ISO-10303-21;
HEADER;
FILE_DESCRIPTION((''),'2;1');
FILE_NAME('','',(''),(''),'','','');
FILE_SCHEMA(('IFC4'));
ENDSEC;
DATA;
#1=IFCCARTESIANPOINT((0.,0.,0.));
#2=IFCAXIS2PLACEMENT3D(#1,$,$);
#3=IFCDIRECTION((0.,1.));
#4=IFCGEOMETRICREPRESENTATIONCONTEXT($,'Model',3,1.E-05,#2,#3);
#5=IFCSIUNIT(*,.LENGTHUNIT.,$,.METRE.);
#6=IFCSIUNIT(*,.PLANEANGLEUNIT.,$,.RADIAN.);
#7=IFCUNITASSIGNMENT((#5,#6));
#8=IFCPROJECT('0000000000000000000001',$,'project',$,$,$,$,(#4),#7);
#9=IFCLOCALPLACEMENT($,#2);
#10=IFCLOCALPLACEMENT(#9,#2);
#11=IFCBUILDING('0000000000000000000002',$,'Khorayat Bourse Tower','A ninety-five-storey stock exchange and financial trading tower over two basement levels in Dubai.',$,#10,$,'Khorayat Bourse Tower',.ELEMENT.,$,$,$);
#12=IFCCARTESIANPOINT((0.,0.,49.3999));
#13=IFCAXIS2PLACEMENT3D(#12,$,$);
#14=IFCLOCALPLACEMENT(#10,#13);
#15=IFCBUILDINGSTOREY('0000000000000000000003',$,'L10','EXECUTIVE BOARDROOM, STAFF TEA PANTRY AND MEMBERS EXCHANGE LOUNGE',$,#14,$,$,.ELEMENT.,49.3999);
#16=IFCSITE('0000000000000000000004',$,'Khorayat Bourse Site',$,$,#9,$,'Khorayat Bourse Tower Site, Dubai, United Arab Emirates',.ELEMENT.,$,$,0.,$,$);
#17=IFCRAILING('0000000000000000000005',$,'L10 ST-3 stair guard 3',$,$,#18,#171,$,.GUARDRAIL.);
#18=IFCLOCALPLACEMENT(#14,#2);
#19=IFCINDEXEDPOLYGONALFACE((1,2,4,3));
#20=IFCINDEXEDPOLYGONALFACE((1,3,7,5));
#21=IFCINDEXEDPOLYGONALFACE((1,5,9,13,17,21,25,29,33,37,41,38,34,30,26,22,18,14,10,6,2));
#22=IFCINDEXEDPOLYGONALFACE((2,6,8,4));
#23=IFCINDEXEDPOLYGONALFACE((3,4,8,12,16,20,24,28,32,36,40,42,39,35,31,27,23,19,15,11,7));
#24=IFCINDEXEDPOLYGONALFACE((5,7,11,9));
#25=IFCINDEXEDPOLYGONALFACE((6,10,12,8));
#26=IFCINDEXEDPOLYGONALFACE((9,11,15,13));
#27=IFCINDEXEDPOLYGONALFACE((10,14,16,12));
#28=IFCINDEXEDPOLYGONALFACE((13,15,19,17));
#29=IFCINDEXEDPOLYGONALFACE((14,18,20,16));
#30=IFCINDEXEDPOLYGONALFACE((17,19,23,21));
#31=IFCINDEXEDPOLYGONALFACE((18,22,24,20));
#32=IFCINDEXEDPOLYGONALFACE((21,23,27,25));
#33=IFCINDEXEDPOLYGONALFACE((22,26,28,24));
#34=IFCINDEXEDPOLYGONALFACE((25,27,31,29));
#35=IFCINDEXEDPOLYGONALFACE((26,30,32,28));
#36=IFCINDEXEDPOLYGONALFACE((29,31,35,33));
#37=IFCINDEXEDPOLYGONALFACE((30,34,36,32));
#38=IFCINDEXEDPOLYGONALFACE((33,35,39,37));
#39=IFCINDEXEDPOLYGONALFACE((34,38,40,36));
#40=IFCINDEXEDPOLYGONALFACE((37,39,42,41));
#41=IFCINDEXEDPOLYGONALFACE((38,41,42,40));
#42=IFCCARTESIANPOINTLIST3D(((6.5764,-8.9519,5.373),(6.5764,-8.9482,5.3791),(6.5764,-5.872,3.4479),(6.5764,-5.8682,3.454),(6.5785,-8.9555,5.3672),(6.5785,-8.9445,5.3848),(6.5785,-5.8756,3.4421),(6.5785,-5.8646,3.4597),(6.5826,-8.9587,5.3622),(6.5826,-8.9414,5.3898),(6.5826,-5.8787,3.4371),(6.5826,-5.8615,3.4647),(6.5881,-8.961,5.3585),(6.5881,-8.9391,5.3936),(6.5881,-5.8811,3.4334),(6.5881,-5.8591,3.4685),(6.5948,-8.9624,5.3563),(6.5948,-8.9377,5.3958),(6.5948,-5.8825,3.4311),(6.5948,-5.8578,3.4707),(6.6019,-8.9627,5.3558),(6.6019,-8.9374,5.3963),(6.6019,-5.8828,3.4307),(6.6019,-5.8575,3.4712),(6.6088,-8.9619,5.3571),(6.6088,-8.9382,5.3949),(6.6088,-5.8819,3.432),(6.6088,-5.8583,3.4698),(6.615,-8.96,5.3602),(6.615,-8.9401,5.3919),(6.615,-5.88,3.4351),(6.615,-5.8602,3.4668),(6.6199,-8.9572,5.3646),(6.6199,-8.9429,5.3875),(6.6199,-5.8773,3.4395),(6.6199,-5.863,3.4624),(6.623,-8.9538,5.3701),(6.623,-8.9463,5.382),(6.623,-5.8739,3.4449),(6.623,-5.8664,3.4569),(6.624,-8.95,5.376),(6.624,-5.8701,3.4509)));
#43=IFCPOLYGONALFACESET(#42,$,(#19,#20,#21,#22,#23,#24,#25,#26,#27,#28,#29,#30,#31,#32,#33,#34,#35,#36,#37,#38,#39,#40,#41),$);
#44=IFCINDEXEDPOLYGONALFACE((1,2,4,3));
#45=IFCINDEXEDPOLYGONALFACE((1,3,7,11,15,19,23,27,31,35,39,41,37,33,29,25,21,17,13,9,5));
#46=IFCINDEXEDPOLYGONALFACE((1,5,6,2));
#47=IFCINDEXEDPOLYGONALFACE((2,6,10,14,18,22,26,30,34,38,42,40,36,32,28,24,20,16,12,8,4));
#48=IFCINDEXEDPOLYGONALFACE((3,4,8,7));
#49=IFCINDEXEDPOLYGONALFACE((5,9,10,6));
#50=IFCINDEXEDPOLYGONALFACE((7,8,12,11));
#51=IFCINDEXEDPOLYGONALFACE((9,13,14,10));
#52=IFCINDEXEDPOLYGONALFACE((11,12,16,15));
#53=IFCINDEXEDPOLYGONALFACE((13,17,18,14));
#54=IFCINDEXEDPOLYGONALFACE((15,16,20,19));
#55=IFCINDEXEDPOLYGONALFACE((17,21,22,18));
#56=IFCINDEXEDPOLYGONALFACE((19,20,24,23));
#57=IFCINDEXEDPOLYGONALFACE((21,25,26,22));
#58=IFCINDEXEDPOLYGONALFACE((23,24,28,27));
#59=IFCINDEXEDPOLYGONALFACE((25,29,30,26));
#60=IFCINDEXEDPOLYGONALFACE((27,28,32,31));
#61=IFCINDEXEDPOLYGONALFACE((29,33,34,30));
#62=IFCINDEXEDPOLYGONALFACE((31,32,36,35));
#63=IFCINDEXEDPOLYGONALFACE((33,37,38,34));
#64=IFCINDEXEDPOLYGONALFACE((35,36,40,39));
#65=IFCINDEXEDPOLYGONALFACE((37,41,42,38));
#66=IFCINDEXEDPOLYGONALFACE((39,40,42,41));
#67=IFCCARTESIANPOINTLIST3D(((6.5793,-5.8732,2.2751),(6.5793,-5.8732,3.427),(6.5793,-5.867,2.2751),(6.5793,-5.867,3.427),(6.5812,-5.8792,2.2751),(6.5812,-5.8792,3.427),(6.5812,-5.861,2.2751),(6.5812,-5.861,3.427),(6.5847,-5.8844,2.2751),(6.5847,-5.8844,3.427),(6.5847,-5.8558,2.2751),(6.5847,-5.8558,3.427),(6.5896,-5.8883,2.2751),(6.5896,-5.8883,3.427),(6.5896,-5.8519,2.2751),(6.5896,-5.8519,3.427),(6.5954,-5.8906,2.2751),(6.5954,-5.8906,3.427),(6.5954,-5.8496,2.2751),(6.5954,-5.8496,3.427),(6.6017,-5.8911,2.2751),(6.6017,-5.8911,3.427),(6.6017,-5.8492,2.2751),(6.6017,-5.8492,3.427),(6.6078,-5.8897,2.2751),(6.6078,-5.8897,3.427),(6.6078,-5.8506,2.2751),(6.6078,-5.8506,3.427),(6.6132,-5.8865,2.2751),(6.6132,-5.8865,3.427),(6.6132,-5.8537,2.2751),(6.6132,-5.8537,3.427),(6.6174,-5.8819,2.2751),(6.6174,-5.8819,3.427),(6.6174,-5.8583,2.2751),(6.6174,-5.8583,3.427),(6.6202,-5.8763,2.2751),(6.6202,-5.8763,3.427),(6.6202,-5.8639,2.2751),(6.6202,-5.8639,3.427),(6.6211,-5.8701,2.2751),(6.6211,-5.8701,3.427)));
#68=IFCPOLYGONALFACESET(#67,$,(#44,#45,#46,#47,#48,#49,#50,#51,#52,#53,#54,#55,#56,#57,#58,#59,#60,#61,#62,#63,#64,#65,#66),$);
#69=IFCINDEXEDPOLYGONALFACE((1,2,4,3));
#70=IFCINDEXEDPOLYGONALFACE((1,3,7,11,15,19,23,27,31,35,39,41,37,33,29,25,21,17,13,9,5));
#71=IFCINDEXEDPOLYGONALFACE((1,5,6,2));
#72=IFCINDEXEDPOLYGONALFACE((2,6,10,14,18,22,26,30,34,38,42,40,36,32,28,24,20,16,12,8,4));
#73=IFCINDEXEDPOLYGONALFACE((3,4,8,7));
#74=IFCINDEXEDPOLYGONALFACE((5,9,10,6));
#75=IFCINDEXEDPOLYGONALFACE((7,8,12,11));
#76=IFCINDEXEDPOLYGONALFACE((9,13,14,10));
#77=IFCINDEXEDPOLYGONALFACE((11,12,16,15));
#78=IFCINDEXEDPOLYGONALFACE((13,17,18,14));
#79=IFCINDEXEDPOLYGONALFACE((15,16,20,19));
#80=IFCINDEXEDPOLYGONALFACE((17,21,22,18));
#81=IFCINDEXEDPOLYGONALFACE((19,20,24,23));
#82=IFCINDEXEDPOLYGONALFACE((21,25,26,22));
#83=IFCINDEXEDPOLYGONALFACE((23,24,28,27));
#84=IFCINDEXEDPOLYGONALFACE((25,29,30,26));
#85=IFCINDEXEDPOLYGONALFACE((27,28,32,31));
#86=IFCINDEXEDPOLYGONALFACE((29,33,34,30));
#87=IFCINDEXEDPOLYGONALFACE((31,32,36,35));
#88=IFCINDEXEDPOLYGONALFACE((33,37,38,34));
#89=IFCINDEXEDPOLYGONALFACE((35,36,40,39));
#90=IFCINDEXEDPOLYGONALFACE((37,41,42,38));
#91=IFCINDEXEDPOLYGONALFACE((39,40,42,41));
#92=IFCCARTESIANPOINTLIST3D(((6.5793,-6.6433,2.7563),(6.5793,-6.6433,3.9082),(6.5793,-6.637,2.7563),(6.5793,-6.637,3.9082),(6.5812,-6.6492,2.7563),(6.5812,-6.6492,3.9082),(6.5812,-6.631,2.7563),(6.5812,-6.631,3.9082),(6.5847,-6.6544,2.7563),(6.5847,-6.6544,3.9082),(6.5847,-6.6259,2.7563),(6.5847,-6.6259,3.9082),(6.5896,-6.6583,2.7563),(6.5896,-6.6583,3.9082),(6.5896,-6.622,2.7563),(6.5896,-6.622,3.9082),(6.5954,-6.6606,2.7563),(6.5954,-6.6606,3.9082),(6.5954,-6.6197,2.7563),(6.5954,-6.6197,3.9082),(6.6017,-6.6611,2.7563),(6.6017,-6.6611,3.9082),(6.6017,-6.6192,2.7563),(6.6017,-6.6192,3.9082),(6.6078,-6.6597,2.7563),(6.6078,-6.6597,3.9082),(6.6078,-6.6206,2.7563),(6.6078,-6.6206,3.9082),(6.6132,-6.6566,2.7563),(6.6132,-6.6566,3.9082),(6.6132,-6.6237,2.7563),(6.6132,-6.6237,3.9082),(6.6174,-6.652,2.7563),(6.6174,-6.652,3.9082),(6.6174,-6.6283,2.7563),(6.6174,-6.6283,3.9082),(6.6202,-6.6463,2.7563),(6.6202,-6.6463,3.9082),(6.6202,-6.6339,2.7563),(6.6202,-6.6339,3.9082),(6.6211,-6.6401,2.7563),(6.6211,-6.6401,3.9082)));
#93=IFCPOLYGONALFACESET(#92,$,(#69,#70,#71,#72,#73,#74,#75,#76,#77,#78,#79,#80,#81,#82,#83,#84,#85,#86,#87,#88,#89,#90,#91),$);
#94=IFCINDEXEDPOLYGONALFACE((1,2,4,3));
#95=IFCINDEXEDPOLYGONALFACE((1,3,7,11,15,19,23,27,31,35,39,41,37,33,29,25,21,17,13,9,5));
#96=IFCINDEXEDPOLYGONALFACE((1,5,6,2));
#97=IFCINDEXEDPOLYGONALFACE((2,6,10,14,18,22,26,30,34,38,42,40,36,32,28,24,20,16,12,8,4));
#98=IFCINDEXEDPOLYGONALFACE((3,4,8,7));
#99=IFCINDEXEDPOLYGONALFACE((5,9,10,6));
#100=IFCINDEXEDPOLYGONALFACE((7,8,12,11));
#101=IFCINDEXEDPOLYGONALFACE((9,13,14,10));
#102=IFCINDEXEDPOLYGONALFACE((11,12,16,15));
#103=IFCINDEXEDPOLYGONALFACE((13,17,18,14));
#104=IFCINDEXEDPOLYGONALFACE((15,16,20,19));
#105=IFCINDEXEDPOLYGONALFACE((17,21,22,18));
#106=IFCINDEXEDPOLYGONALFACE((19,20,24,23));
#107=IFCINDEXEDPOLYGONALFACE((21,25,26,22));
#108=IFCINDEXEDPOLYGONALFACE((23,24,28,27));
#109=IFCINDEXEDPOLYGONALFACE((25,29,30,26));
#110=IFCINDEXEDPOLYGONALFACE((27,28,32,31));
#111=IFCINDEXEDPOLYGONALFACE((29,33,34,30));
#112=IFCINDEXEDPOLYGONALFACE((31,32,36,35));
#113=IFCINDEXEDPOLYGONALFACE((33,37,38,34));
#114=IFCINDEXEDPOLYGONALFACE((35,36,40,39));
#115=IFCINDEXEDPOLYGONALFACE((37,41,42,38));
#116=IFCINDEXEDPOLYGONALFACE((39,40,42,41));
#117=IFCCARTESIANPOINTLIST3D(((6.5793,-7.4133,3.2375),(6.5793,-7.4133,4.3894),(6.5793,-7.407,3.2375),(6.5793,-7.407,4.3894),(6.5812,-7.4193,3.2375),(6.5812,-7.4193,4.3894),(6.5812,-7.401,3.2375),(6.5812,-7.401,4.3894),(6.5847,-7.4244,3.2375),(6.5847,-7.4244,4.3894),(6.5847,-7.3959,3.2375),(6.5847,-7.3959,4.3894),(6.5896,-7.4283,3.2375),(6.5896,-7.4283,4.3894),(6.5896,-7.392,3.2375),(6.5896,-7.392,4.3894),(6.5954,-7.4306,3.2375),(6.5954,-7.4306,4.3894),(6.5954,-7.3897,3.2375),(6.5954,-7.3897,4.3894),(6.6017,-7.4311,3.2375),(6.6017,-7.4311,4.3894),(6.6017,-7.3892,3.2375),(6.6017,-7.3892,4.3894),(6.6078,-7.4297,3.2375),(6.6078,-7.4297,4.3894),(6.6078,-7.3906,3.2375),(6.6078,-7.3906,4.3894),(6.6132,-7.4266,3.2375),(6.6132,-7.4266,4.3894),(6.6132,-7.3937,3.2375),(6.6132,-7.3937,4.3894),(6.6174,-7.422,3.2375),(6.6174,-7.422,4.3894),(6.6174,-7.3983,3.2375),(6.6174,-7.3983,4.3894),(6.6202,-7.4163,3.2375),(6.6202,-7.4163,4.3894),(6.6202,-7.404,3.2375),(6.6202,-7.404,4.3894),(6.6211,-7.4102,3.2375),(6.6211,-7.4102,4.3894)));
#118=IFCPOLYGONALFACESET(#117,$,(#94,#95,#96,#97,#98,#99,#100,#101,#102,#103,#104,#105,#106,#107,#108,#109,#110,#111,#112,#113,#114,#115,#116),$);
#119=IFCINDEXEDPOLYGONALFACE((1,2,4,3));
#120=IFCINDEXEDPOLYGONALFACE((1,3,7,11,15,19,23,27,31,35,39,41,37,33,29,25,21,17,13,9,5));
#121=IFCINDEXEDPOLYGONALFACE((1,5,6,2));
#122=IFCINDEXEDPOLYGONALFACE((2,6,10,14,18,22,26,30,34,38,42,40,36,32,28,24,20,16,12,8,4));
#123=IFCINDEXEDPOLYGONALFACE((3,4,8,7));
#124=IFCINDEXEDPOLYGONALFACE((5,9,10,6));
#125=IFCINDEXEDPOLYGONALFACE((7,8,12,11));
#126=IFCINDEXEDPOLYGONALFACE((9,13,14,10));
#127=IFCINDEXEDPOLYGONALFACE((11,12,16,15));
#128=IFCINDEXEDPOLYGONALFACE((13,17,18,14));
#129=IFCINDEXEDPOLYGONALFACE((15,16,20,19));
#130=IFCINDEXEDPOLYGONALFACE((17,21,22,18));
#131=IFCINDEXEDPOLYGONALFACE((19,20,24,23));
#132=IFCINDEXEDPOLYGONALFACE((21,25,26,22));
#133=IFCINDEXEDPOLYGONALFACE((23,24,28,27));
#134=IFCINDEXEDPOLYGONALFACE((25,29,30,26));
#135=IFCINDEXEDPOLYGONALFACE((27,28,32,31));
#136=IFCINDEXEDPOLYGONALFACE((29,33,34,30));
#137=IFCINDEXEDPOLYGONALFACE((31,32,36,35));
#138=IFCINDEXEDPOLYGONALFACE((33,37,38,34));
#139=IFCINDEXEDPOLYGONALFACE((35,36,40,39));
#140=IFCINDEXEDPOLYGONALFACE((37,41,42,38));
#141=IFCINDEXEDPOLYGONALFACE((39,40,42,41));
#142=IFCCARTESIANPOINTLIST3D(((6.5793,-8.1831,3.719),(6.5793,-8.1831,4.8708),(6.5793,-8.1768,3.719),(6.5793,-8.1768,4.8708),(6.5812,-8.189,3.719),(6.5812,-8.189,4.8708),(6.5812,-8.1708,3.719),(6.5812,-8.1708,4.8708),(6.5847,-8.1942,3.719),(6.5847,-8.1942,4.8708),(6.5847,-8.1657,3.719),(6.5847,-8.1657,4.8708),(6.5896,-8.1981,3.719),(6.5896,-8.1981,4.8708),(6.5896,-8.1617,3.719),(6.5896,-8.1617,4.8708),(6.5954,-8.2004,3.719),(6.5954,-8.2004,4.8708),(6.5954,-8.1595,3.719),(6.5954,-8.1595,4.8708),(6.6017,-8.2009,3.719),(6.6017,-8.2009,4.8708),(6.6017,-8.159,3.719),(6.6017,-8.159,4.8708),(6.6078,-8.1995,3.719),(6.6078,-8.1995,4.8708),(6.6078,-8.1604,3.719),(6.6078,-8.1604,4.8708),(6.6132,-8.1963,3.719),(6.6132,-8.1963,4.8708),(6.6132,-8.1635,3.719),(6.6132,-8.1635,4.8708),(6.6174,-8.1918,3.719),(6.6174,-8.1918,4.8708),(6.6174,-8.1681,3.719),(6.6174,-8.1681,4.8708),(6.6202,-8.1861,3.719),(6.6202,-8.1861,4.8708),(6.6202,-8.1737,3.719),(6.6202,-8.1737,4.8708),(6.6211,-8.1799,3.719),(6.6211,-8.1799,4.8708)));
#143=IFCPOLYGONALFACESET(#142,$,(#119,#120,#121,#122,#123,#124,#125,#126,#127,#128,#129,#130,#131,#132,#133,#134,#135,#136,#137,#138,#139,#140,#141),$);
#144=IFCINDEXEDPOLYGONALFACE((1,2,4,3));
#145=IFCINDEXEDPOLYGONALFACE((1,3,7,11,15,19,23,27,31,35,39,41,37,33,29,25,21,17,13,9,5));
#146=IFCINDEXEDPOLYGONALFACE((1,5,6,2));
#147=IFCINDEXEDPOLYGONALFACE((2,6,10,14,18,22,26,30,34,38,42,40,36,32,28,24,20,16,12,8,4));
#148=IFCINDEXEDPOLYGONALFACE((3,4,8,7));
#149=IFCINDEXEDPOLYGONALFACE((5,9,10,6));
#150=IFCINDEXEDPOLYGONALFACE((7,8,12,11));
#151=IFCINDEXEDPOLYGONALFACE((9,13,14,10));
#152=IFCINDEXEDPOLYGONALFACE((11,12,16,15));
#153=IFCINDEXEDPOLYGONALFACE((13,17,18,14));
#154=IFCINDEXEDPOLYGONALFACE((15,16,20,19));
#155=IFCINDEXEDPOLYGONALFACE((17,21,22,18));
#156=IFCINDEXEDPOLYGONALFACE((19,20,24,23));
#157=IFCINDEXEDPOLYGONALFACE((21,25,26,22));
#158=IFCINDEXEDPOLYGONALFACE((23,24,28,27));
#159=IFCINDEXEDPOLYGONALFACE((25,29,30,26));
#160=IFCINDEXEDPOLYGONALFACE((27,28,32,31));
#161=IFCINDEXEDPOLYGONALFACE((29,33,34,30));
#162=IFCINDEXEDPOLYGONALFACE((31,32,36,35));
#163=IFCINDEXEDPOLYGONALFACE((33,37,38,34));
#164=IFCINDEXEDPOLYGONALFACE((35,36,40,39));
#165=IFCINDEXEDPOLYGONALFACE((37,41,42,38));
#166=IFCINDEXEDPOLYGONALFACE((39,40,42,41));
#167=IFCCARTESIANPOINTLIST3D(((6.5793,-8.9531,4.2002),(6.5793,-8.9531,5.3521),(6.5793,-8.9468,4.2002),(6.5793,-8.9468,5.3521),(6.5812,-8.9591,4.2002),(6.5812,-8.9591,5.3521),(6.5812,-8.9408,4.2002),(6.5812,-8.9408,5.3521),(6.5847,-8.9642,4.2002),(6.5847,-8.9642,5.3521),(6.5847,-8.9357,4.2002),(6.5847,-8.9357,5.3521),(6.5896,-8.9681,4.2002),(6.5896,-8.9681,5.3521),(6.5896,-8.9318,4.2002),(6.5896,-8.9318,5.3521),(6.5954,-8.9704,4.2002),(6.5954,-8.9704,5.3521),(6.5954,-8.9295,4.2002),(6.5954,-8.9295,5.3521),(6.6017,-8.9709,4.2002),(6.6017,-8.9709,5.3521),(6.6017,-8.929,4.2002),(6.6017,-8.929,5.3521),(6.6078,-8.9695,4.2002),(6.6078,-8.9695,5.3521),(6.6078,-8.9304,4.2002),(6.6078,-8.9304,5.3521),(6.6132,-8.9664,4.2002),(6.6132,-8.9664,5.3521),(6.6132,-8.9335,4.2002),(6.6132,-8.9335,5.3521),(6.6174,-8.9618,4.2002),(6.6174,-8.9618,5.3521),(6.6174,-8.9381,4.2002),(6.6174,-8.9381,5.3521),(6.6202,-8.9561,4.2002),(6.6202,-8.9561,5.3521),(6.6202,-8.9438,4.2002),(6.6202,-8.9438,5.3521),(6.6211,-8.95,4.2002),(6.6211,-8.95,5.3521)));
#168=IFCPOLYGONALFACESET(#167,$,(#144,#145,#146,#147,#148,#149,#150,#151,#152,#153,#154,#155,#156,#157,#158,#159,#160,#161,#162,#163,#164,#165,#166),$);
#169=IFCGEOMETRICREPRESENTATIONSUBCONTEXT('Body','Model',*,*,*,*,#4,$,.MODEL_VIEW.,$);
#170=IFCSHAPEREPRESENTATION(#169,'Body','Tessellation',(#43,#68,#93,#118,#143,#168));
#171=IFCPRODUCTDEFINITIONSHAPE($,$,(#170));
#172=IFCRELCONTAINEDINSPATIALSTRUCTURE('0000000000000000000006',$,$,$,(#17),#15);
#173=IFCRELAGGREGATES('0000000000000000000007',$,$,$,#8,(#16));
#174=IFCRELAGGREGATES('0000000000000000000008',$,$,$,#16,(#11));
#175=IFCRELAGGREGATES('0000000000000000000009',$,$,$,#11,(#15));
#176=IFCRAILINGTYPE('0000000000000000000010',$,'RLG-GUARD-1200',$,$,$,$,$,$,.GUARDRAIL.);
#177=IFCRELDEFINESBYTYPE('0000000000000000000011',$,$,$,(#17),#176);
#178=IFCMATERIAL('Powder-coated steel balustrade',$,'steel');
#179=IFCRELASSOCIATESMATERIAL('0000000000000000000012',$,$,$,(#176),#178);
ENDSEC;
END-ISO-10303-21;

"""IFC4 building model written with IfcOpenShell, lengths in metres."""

from ifc_helpers import new_model, si_unit, direction, frame, origin, origin_2d, place, context, subcontext, project, spatial, circle, extrude, source, transform, mapped, material, type_object, element, save


model = new_model("IFC4")

# Units and contexts
model_context = context("Model", 3, precision=1e-05, world=origin(), true_north=direction((0.0, 1.0)))
body_context = subcontext(model_context, "Body", "Model", "MODEL_VIEW")
ifc_project = project(units=[si_unit("LENGTHUNIT", "METRE"), si_unit("PLANEANGLEUNIT", "RADIAN")], contexts=[model_context])

# Site, building, storey
site_placement = place(None, origin())
site = spatial("IfcSite", under=ifc_project, at=site_placement, Name="Khorayat Bourse Site", LongName="Khorayat Bourse Tower Site, Dubai, United Arab Emirates", CompositionType="ELEMENT", RefElevation=0.0)
building_placement = place(site_placement, origin())
building = spatial("IfcBuilding", under=site, at=building_placement, Name="Khorayat Bourse Tower", Description="A ninety-five-storey stock exchange and financial trading tower over two basement levels in Dubai.", LongName="Khorayat Bourse Tower", CompositionType="ELEMENT")
storey_placement = place(building_placement, frame((0.0, 0.0, 49.3999)))
storey = spatial("IfcBuildingStorey", under=building, at=storey_placement, Name="L10", Description="EXECUTIVE BOARDROOM, STAFF TEA PANTRY AND MEMBERS EXCHANGE LOUNGE", CompositionType="ELEMENT", Elevation=49.3999)

# Railing
ifc_material_1 = material(Name="Powder-coated steel balustrade", Category="steel")
railing_type_1 = type_object("IfcRailingType", Name="RLG-GUARD-1200", PredefinedType="GUARDRAIL", material=ifc_material_1)
shared_shape_1 = source(origin(), body_context, "Body", "SweptSolid", [
    extrude(circle(Radius=0.0239, at=origin_2d()), frame((0.0, 0.0, 1.1758), z_axis=(0.0, -0.847979, 0.530029), x_axis=(1.0, 0.0, 0.0)), (0.0, 0.0, 1.0), 3.6321),
    extrude(circle(Radius=0.021, at=origin_2d()), origin(), (0.0, 0.0, 1.0), 1.1519),
    extrude(circle(Radius=0.021, at=origin_2d()), frame((0.0, -0.77, 0.4812)), (0.0, 0.0, 1.0), 1.1519),
    extrude(circle(Radius=0.021, at=origin_2d()), frame((0.0, -1.54, 0.9624)), (0.0, 0.0, 1.0), 1.1519),
    extrude(circle(Radius=0.021, at=origin_2d()), frame((0.0, -2.3098, 1.4438)), (0.0, 0.0, 1.0), 1.1519),
    extrude(circle(Radius=0.021, at=origin_2d()), frame((0.0, -3.0798, 1.925)), (0.0, 0.0, 1.0), 1.1519),
])
railing_1_placement = place(storey_placement, frame((6.6001, -5.8701, 2.2751)))
element("IfcRailing", 1, at=railing_1_placement, inside=storey, type_object=railing_type_1, Name="L10 ST-3 stair guard 3", PredefinedType="GUARDRAIL", context=body_context, shape_type="MappedRepresentation", body=[
    mapped(shared_shape_1, transform((0.0, 0.0, 0.0), scale=1.0)),
])

save(model, "model.ifc")
